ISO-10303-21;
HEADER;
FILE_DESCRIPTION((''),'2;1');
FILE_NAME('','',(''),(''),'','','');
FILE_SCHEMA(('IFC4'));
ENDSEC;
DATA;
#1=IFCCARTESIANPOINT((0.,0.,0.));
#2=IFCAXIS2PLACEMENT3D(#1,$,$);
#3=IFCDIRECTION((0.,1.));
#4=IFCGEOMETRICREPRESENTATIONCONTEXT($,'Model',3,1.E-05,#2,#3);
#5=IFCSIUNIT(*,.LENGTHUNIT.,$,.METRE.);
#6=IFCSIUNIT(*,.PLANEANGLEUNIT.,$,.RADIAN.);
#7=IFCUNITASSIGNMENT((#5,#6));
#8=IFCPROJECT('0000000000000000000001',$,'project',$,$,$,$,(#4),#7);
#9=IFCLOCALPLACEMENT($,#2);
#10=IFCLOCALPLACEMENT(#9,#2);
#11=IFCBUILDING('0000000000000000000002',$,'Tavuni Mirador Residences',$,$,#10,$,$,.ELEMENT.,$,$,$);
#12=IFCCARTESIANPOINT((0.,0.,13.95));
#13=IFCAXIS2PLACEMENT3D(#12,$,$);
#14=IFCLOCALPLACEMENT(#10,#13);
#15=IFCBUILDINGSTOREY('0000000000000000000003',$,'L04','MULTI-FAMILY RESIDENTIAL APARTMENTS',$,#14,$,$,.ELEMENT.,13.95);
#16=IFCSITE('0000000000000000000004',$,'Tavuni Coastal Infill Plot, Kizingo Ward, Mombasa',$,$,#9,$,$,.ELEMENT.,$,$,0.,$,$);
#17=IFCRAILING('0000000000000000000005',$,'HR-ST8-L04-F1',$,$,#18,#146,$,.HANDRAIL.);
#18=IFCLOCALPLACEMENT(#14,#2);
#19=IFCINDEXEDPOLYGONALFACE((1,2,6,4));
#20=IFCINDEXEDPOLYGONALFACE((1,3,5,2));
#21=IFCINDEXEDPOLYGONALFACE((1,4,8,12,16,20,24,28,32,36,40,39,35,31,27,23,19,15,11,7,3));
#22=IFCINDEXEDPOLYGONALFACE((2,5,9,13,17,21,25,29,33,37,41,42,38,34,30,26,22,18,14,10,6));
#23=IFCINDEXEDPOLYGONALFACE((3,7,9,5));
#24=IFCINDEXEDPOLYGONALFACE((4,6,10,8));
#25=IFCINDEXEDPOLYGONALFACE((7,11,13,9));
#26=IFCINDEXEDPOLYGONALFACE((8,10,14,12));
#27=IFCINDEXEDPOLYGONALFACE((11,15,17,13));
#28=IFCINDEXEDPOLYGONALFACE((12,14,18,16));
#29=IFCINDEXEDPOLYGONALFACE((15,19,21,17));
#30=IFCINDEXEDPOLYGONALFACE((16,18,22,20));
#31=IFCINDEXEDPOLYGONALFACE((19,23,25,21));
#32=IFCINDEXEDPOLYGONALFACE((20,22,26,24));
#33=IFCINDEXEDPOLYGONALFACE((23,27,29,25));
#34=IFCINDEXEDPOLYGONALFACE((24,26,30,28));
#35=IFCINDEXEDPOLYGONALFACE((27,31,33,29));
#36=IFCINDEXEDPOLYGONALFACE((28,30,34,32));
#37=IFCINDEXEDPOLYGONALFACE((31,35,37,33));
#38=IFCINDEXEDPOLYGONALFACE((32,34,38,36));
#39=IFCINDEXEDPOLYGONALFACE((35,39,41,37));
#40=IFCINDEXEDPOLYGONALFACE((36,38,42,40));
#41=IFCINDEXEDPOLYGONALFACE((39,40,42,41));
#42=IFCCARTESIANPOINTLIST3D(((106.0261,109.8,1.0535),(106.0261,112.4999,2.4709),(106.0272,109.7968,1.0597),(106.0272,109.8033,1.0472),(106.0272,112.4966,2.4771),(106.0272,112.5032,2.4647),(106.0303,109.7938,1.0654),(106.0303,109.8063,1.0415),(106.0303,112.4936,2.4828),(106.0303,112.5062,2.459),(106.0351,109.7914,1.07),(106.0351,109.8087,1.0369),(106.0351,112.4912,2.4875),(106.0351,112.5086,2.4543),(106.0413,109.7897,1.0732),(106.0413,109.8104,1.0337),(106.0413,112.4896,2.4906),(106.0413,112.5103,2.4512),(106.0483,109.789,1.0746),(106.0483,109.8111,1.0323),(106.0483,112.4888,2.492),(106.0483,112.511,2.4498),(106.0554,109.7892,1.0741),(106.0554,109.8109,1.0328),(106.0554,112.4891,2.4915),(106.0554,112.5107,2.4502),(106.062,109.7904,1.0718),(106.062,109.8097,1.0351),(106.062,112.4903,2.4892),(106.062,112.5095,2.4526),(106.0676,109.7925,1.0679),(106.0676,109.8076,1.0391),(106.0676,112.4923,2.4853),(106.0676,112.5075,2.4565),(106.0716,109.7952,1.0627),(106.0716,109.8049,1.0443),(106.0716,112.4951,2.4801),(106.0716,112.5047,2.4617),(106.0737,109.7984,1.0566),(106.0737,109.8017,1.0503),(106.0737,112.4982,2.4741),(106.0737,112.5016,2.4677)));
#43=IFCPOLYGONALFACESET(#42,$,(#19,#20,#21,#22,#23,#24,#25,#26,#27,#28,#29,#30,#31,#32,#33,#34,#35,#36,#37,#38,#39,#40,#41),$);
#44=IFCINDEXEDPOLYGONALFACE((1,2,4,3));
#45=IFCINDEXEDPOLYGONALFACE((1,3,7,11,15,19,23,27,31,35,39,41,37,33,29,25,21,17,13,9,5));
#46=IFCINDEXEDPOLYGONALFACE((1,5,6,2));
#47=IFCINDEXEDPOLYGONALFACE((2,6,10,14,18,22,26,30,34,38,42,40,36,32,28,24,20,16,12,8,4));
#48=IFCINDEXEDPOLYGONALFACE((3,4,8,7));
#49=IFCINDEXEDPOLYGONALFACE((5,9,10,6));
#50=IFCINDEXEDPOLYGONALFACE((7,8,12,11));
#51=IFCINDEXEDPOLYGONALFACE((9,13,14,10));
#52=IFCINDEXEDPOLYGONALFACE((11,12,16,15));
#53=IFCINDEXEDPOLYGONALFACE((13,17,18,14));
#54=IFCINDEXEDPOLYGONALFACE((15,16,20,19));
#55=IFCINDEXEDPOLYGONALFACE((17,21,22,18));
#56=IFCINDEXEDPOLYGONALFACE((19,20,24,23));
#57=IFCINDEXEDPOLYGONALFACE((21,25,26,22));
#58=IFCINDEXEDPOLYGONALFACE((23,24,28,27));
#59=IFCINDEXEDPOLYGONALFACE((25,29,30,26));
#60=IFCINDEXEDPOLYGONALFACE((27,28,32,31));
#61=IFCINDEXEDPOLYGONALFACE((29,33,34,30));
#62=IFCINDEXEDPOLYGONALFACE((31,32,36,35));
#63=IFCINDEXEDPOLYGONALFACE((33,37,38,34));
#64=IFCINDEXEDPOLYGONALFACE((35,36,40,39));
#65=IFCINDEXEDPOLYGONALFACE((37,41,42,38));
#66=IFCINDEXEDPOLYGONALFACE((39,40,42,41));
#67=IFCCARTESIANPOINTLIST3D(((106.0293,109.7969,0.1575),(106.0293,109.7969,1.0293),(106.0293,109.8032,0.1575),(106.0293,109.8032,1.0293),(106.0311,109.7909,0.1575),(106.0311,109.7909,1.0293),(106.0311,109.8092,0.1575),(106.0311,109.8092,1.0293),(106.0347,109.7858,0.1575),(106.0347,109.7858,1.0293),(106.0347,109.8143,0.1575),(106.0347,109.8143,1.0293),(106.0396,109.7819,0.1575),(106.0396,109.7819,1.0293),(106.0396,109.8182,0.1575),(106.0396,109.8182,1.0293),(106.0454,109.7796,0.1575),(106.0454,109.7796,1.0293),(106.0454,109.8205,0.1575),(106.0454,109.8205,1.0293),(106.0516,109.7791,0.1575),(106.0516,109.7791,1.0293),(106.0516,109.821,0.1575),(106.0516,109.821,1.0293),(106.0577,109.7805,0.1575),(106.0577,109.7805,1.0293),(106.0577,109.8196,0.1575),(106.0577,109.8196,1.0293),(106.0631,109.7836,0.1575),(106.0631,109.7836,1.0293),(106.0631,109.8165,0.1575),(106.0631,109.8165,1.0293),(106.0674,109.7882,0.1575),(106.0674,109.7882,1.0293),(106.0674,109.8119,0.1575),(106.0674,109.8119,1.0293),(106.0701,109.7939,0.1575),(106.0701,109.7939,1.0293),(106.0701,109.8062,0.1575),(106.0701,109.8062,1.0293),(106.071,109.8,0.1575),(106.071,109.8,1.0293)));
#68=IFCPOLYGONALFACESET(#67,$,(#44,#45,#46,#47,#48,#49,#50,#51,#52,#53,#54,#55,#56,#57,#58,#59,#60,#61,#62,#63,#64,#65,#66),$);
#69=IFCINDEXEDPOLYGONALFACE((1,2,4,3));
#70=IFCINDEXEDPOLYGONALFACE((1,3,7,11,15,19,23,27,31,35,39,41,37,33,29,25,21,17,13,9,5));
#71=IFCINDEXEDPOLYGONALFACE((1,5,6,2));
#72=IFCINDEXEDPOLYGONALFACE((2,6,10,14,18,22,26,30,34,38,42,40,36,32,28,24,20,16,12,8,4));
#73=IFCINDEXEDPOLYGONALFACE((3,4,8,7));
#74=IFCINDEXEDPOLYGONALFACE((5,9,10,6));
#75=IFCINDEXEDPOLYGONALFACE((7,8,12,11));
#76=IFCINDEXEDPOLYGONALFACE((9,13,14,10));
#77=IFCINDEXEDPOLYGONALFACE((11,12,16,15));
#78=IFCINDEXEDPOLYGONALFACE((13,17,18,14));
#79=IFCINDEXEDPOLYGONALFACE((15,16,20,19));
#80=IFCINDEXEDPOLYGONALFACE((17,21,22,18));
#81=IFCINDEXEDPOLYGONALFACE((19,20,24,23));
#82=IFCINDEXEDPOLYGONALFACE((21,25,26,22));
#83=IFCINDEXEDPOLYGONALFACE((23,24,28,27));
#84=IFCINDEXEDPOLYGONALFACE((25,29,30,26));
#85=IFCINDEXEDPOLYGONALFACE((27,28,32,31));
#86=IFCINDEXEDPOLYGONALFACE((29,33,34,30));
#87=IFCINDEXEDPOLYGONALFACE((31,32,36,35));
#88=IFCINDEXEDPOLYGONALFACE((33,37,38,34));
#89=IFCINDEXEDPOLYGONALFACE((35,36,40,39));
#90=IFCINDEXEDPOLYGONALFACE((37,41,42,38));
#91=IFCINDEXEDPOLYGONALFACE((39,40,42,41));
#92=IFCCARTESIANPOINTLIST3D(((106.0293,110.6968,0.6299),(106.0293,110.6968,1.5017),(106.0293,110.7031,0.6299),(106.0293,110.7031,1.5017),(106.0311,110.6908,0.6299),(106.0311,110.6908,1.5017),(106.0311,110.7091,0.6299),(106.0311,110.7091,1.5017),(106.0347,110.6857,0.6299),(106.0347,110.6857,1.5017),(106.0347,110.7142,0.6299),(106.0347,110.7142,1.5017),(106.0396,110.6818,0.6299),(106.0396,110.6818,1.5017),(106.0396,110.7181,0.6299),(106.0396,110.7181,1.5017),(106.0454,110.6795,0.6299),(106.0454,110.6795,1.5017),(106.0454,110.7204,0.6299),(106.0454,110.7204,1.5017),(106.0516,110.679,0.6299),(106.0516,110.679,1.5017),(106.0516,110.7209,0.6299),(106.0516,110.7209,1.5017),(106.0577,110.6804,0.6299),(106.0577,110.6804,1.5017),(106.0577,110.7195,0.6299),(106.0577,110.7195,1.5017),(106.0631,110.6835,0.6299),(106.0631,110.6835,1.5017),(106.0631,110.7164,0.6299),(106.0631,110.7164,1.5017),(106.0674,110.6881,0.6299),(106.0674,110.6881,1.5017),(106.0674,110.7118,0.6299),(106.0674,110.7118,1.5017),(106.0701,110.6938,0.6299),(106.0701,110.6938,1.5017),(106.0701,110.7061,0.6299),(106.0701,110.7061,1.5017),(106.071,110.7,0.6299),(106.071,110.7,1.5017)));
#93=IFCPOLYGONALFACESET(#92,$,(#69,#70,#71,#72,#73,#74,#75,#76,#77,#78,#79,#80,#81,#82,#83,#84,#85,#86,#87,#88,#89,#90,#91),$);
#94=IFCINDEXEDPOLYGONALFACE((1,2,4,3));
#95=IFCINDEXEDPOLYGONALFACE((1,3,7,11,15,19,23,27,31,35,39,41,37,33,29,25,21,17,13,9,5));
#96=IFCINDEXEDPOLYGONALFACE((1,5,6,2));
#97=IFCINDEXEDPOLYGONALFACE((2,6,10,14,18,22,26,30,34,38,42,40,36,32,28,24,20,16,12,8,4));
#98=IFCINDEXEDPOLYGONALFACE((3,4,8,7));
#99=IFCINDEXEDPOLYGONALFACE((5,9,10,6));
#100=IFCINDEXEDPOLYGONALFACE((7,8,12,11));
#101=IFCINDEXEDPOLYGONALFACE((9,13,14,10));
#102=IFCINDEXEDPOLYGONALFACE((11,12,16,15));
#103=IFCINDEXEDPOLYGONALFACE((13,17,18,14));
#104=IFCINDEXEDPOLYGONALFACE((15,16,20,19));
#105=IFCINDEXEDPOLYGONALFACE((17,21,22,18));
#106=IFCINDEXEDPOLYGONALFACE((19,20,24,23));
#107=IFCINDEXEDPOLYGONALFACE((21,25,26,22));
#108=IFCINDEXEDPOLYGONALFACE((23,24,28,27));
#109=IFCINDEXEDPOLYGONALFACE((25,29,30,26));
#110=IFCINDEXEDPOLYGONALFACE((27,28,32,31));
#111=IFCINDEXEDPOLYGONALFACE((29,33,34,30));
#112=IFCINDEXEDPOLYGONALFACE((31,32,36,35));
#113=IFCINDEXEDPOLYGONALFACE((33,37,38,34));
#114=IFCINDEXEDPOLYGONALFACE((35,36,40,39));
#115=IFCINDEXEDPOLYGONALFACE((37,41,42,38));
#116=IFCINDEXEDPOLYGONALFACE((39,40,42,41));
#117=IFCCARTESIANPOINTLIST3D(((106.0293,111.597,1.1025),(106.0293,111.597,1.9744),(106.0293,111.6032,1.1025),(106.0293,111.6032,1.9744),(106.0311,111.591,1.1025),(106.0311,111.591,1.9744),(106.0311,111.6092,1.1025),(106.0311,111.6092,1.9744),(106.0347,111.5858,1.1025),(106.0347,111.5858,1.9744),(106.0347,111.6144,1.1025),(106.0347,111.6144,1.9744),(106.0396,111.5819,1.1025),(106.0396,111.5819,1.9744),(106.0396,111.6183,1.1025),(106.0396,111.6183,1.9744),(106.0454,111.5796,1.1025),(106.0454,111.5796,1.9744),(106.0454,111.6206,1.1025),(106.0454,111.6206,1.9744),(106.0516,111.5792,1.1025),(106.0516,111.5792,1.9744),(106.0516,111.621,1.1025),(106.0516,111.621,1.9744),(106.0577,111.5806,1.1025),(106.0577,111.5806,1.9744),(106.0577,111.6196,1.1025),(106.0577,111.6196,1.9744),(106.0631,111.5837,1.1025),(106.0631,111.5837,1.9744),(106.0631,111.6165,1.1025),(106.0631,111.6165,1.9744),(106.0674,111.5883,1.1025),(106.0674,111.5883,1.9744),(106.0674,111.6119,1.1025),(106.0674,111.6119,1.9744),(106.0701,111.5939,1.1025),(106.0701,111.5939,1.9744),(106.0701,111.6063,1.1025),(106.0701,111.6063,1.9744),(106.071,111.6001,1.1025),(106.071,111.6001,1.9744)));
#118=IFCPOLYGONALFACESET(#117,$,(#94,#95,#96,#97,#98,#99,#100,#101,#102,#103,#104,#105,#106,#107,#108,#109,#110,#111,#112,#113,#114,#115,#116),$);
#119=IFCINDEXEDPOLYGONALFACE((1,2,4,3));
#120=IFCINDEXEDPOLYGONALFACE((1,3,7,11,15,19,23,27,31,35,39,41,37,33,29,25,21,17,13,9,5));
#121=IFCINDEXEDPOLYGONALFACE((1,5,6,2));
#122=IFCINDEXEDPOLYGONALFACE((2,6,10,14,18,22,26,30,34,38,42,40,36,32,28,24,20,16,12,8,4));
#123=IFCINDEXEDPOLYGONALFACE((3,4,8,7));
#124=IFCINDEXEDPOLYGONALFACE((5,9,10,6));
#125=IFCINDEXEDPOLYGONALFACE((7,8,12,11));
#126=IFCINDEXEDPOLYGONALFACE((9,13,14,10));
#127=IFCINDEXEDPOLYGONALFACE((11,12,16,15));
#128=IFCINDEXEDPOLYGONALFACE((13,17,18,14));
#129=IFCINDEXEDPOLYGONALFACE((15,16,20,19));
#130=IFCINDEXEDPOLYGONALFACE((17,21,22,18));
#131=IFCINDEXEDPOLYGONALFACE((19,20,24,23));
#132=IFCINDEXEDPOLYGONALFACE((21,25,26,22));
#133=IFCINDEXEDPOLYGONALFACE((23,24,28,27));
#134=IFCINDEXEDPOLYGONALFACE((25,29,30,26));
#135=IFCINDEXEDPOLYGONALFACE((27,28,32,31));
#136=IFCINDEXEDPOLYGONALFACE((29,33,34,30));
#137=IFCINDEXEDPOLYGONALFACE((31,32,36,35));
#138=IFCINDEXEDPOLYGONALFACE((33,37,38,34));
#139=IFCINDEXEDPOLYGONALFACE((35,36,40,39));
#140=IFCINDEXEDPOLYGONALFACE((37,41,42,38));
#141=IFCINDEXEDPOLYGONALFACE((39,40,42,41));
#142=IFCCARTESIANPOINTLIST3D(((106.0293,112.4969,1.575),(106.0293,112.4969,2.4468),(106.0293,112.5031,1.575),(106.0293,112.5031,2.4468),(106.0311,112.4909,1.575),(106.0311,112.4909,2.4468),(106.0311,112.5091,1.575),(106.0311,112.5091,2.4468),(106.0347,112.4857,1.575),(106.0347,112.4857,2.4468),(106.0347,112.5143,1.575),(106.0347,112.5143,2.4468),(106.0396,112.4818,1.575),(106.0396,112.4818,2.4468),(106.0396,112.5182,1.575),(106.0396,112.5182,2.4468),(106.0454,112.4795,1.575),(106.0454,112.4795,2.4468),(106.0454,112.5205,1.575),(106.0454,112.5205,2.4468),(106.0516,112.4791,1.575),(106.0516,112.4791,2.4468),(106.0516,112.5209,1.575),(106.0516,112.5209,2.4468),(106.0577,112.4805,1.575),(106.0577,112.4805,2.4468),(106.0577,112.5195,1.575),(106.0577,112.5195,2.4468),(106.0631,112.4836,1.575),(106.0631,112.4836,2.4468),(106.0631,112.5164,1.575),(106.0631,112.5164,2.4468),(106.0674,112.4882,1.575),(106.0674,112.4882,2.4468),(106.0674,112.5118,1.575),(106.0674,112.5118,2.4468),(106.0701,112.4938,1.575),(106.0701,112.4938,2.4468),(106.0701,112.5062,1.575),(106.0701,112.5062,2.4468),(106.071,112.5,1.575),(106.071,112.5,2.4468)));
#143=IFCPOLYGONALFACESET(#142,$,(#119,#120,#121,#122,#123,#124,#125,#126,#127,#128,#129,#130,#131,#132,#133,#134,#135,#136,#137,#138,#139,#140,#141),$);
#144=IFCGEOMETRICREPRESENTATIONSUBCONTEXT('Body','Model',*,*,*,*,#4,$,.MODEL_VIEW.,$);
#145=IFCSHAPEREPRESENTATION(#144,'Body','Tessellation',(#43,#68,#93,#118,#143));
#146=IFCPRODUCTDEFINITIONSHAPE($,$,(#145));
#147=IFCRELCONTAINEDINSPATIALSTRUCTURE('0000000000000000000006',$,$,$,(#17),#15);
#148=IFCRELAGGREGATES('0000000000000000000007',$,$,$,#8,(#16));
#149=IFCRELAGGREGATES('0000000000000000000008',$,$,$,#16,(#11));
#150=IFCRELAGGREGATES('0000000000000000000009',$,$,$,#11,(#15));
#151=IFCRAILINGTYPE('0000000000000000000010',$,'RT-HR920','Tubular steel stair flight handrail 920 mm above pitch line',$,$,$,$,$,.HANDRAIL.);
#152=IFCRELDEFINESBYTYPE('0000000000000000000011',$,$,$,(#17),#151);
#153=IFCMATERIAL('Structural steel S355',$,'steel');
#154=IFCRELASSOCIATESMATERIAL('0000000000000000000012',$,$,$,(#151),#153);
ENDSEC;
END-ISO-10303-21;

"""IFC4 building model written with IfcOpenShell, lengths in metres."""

from ifc_helpers import new_model, si_unit, direction, frame, origin, origin_2d, place, context, subcontext, project, spatial, circle, extrude, material, type_object, element, save


model = new_model("IFC4")

# Units and contexts
model_context = context("Model", 3, precision=1e-05, world=origin(), true_north=direction((0.0, 1.0)))
body_context = subcontext(model_context, "Body", "Model", "MODEL_VIEW")
ifc_project = project(units=[si_unit("LENGTHUNIT", "METRE"), si_unit("PLANEANGLEUNIT", "RADIAN")], contexts=[model_context])

# Site, building, storey
site_placement = place(None, origin())
site = spatial("IfcSite", under=ifc_project, at=site_placement, Name="Tavuni Coastal Infill Plot, Kizingo Ward, Mombasa", CompositionType="ELEMENT", RefElevation=0.0)
building_placement = place(site_placement, origin())
building = spatial("IfcBuilding", under=site, at=building_placement, Name="Tavuni Mirador Residences", CompositionType="ELEMENT")
storey_placement = place(building_placement, frame((0.0, 0.0, 13.95)))
storey = spatial("IfcBuildingStorey", under=building, at=storey_placement, Name="L04", Description="MULTI-FAMILY RESIDENTIAL APARTMENTS", CompositionType="ELEMENT", Elevation=13.95)

# Shared definitions
ifc_material_1 = material(Name="Structural steel S355", Category="steel")

# Railing
railing_type_1 = type_object("IfcRailingType", Name="RT-HR920", Description="Tubular steel stair flight handrail 920 mm above pitch line", PredefinedType="HANDRAIL", material=ifc_material_1)
railing_1_placement = place(storey_placement, frame((106.05, 109.8, 0.1575)))
element("IfcRailing", 1, at=railing_1_placement, inside=storey, type_object=railing_type_1, Name="HR-ST8-L04-F1", PredefinedType="HANDRAIL", context=body_context, shape_type="SweptSolid", body=[
    extrude(circle(Radius=0.0239, at=origin_2d()), frame((0.0, 0.0, 0.896), z_axis=(0.0, 0.885397, 0.464835), x_axis=(-1.0, 0.0, 0.0)), (0.0, 0.0, 1.0), 3.0493),
    extrude(circle(Radius=0.021, at=origin_2d()), origin(), (0.0, 0.0, 1.0), 0.8718),
    extrude(circle(Radius=0.021, at=origin_2d()), frame((0.0, 0.8999, 0.4724)), (0.0, 0.0, 1.0), 0.8718),
    extrude(circle(Radius=0.021, at=origin_2d()), frame((0.0, 1.8, 0.9451)), (0.0, 0.0, 1.0), 0.8718),
    extrude(circle(Radius=0.021, at=origin_2d()), frame((0.0, 2.7, 1.4175)), (0.0, 0.0, 1.0), 0.8718),
])

save(model, "model.ifc")
